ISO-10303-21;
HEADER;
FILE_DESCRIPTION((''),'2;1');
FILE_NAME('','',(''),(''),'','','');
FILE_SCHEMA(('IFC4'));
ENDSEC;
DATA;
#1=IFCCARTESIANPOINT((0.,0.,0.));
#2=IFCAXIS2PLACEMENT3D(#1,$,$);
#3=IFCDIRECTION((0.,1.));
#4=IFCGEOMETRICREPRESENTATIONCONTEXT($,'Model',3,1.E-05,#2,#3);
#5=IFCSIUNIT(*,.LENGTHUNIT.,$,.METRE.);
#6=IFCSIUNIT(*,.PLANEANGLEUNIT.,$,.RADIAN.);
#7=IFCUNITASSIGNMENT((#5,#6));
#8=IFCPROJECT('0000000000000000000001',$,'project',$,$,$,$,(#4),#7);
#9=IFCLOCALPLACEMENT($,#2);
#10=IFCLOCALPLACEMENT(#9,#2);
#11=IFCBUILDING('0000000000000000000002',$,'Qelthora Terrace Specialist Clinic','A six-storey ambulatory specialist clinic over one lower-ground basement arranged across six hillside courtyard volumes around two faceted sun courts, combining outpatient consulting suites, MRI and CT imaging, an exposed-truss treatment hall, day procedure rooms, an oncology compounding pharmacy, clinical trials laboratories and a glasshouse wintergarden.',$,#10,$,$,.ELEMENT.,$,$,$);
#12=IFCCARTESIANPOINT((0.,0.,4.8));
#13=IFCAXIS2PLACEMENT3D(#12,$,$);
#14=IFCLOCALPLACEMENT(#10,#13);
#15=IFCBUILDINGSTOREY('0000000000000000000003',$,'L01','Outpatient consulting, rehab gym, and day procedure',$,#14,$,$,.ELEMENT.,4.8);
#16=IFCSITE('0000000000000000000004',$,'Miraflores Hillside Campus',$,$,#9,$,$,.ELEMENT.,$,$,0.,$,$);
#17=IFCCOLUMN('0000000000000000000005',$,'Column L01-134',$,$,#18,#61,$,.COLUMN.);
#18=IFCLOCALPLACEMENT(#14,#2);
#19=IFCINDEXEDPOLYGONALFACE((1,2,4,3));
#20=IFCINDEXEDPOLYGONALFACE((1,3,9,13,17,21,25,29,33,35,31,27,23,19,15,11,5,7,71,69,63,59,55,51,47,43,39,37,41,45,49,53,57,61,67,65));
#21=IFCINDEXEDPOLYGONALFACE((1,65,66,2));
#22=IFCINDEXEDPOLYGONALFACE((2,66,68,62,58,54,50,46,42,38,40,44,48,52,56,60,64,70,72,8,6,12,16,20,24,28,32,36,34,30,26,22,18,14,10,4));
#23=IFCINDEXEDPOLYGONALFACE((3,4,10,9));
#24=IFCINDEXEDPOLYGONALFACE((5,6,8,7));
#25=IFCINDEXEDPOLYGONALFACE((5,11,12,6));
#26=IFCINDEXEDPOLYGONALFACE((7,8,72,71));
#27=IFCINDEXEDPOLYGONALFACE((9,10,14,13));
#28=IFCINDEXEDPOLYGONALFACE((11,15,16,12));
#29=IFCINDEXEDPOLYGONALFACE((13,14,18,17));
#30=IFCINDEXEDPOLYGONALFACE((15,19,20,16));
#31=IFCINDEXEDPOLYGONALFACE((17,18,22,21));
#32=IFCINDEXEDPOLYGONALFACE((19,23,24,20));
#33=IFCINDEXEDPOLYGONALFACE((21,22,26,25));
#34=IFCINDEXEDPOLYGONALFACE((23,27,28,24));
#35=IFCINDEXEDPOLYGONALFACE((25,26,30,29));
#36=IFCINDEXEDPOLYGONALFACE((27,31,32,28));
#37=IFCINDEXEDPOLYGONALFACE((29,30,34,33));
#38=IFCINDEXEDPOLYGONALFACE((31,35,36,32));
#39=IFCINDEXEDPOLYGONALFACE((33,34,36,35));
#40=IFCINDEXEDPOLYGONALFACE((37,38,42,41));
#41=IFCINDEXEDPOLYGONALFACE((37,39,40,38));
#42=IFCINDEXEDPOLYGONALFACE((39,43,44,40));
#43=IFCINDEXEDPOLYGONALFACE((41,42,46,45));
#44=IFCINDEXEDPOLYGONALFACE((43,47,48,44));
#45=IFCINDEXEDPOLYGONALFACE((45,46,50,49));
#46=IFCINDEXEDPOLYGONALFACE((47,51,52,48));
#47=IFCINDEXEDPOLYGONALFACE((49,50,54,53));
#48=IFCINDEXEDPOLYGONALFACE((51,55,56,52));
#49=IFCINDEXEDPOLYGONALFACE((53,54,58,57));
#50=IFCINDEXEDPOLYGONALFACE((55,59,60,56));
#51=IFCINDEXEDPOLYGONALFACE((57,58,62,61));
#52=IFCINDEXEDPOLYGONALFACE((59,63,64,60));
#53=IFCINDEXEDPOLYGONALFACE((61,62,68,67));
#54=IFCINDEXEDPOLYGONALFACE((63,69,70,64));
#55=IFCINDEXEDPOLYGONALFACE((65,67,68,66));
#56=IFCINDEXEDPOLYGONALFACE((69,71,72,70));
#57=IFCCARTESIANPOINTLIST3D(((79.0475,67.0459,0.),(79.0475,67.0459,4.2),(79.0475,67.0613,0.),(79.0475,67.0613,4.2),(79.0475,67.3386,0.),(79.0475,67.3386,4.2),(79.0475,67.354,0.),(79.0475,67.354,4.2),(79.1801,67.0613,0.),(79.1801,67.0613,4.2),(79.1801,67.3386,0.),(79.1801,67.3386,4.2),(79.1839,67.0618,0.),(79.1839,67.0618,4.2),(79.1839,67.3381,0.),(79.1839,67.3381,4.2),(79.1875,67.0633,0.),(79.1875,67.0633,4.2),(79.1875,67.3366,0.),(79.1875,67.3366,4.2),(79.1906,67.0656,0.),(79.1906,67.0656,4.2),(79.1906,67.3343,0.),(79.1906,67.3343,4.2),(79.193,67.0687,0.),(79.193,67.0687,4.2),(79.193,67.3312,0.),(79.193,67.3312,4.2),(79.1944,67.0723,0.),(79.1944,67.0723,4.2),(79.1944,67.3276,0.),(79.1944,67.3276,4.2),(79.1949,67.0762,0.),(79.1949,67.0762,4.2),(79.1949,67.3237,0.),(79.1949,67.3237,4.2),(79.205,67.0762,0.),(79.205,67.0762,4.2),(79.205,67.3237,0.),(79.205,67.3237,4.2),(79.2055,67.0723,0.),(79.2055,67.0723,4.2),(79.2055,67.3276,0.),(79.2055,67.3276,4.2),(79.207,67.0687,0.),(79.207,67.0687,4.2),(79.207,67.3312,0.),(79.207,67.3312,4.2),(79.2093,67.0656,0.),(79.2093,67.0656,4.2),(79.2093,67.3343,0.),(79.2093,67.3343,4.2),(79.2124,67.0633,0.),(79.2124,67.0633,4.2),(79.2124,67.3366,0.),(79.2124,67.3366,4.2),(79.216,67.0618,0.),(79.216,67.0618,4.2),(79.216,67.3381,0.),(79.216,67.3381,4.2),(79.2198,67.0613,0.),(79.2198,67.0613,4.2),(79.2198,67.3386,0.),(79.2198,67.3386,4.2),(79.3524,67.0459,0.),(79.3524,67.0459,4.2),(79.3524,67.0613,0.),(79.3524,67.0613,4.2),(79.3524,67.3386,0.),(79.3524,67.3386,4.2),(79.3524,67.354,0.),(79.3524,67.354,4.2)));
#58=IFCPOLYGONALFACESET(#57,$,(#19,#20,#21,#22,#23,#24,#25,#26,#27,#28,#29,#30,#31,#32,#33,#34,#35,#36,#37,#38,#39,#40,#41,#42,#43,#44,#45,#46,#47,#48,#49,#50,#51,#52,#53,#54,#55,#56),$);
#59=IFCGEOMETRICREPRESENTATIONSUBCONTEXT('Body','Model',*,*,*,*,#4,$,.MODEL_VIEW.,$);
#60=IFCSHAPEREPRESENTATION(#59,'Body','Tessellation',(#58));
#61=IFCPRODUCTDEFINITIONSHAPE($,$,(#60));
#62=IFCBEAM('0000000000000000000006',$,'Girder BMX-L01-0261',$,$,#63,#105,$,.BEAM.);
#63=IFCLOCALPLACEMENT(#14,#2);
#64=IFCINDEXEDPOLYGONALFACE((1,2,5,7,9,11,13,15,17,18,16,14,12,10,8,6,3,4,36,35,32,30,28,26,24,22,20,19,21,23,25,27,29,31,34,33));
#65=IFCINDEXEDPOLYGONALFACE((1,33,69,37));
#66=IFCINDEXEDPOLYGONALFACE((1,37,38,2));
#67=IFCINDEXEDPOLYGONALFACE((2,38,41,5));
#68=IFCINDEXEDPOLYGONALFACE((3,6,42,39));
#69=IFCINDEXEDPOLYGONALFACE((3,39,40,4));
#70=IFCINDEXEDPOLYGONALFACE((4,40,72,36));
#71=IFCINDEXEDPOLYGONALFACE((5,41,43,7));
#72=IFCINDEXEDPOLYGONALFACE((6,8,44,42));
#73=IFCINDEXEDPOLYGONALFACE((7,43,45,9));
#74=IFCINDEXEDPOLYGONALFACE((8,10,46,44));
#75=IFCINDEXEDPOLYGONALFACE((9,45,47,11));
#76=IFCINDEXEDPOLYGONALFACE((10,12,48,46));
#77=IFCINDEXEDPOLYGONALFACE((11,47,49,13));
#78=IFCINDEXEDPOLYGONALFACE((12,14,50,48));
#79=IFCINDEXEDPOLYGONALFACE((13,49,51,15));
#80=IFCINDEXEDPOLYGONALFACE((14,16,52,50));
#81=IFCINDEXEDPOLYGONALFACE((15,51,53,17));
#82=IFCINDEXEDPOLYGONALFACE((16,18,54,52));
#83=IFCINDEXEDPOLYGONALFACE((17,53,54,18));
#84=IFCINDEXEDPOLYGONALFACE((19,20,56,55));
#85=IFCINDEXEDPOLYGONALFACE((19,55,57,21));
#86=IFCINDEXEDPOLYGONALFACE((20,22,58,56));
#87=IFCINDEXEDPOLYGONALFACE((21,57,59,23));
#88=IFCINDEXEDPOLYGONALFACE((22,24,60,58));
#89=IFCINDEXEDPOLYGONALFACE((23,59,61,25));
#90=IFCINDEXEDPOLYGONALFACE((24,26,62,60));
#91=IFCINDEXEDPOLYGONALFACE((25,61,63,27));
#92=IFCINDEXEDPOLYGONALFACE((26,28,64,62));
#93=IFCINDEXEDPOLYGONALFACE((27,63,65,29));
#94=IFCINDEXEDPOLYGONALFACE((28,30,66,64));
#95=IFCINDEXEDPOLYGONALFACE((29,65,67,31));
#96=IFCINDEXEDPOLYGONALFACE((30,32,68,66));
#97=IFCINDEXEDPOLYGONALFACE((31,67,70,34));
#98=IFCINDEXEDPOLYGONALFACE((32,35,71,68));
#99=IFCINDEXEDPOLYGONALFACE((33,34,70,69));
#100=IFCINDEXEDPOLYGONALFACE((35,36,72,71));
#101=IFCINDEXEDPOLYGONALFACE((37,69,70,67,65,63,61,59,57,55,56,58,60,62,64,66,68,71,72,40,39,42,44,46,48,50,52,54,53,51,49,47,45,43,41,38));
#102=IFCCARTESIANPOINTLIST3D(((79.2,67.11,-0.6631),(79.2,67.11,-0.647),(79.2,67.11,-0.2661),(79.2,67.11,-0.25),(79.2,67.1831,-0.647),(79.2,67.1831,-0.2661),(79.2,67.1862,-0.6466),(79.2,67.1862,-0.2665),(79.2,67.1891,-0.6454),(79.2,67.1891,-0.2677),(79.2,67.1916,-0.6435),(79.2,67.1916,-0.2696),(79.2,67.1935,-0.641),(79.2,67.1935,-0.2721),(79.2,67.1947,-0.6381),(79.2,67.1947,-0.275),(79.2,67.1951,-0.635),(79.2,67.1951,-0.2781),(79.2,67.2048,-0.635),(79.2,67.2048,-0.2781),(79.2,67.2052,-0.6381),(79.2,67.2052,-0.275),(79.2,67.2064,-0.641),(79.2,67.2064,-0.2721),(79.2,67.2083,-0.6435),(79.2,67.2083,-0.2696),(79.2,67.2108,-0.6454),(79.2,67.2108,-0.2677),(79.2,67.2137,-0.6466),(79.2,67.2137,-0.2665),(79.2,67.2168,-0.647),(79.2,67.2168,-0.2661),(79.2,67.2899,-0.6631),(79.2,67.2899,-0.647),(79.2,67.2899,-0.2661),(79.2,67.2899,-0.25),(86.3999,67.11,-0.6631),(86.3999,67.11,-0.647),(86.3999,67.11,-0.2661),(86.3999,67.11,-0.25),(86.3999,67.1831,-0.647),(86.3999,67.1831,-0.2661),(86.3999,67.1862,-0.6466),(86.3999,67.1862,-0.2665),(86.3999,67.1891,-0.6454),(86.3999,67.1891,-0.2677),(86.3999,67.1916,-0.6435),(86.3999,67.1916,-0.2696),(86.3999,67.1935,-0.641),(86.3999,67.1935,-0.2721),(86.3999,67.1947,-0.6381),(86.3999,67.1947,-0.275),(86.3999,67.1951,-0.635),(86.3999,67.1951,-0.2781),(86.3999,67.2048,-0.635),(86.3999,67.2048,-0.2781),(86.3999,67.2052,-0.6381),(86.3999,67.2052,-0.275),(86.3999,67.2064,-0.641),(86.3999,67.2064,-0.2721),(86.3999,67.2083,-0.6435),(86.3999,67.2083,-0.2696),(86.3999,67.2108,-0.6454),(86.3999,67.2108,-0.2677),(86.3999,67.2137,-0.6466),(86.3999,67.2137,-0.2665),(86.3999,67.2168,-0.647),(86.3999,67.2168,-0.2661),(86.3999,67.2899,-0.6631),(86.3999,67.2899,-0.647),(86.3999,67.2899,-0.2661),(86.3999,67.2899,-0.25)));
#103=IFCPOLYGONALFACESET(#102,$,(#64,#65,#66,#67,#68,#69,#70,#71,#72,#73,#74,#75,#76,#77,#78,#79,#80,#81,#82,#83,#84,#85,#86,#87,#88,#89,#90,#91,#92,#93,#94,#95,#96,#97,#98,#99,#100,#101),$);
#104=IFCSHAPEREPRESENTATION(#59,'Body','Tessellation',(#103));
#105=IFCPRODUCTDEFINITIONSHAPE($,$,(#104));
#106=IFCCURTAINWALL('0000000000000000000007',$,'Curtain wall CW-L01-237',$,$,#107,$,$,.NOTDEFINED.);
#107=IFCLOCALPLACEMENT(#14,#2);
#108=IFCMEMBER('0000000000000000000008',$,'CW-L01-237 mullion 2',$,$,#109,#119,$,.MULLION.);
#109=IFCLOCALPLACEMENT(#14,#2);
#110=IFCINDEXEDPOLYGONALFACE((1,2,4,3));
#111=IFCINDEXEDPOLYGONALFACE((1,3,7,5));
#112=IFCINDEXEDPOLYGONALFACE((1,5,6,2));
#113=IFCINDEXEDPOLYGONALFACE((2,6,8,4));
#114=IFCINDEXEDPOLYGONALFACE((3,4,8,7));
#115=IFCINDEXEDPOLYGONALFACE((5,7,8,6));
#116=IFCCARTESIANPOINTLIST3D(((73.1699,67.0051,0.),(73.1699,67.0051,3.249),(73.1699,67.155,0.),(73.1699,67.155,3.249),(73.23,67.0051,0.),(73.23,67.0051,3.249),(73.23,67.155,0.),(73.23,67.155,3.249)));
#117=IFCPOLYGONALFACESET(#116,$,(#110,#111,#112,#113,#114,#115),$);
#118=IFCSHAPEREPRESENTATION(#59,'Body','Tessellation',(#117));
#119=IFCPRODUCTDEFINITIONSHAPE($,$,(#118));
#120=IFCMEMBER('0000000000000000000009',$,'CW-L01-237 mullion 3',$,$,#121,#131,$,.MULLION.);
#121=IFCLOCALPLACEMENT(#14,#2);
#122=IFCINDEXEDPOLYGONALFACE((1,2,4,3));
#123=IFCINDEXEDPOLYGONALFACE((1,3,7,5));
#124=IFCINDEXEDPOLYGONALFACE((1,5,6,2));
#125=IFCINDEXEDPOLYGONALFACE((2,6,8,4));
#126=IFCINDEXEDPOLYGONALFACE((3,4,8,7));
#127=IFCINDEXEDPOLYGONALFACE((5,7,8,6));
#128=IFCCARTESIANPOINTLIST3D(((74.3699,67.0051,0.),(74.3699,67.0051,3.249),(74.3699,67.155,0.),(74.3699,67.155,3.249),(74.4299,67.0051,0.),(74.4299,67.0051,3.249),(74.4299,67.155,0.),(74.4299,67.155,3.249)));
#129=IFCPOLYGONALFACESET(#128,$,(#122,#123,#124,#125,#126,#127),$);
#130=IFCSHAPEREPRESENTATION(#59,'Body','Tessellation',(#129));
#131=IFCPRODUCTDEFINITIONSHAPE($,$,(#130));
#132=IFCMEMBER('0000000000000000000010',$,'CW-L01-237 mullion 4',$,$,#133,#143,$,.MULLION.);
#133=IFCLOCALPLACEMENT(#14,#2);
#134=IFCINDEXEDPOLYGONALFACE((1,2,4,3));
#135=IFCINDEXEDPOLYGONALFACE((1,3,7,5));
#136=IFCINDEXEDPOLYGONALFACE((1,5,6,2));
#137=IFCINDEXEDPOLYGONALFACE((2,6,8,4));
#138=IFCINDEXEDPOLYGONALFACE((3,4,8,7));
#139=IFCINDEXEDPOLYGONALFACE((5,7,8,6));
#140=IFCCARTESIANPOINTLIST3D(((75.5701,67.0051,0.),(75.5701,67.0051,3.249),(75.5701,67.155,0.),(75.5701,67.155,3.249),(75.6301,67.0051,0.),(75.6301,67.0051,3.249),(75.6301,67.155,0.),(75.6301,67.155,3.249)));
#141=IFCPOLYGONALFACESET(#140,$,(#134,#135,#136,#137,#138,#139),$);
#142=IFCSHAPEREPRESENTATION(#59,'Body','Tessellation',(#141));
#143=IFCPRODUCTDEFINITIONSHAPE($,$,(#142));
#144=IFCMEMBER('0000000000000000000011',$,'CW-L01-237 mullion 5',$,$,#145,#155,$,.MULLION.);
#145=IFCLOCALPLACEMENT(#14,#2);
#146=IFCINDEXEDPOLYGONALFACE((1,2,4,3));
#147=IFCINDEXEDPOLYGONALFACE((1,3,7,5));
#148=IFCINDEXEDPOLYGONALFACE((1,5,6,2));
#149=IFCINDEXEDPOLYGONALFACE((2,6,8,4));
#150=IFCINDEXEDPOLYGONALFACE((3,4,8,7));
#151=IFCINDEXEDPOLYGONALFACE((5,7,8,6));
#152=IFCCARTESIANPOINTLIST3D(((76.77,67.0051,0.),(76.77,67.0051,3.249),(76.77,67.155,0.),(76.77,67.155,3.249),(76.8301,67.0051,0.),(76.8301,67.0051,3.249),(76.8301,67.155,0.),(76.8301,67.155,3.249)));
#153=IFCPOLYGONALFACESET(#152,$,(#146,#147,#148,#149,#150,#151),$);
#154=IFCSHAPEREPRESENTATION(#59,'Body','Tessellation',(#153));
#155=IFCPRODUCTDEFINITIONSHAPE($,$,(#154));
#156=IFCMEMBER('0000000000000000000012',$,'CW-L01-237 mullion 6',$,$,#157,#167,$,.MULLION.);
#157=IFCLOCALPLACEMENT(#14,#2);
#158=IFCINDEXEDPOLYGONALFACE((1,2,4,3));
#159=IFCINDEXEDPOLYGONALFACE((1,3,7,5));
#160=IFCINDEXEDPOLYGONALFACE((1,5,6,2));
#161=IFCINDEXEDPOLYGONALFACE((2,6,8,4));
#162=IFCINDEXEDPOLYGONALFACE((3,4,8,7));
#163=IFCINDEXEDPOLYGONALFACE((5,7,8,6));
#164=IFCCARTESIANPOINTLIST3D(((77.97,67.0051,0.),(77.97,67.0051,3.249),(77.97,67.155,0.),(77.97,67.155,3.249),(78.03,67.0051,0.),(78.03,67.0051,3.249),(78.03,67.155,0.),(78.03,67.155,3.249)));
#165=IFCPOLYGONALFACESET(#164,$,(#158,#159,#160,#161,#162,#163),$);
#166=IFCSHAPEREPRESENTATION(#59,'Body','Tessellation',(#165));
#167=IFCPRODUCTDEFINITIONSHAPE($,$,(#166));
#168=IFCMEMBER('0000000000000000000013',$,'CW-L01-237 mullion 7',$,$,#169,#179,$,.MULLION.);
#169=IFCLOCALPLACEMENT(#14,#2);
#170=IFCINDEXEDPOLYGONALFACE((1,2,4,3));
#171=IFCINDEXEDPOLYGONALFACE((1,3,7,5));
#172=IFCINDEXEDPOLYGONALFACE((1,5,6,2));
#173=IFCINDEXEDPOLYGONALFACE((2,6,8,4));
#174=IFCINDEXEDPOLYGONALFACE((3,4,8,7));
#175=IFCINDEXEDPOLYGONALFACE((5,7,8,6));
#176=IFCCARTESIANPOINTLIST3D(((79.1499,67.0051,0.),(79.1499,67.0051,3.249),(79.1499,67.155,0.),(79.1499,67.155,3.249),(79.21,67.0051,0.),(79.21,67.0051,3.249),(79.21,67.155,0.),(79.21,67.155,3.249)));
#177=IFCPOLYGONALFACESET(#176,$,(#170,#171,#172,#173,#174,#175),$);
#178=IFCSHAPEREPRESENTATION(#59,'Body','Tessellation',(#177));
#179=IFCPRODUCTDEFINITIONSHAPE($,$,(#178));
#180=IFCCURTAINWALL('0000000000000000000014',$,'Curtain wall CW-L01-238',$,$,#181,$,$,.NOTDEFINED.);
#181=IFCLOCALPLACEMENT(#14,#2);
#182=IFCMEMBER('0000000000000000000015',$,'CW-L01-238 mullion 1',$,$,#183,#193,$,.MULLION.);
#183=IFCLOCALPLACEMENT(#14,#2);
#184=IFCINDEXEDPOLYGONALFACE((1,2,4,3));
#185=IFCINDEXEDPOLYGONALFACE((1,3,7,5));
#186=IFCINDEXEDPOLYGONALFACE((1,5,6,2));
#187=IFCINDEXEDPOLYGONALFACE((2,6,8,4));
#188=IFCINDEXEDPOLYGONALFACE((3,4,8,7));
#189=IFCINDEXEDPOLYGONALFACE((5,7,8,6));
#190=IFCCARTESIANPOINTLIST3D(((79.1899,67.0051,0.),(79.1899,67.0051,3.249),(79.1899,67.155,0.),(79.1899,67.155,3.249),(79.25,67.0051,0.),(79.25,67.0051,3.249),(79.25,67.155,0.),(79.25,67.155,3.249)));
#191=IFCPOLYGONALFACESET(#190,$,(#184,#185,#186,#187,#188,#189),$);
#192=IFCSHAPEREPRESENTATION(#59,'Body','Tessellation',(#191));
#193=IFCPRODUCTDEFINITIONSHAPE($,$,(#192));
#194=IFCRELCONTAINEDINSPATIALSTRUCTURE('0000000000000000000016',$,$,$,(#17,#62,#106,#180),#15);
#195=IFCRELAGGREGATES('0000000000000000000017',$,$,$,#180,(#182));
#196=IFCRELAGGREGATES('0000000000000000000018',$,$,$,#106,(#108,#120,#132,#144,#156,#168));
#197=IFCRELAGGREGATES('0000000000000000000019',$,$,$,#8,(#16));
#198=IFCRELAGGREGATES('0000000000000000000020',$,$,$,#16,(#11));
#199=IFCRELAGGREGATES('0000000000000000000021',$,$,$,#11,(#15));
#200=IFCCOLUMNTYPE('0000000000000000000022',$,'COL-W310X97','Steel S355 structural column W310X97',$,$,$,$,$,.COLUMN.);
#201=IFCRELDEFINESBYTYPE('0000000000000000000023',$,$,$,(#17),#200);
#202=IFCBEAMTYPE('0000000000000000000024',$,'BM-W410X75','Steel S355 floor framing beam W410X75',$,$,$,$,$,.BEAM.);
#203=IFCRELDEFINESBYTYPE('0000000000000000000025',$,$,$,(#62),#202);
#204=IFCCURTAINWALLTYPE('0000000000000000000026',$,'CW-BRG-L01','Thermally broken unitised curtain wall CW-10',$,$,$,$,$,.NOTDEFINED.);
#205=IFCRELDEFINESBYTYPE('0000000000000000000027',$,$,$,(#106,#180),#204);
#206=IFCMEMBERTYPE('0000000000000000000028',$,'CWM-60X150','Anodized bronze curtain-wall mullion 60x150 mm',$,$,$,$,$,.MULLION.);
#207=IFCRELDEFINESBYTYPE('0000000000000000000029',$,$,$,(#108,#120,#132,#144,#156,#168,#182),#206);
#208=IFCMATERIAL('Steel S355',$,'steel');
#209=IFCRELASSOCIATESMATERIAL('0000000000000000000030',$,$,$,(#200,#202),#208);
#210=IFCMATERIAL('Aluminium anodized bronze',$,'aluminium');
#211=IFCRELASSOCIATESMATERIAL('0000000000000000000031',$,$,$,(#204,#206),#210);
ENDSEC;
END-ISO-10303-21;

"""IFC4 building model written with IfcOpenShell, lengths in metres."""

from ifc_helpers import new_model, si_unit, direction, frame, origin, origin_2d, place, context, subcontext, project, spatial, rectangle, i_section, extrude, material, material_profile, profile_set, type_object, element, aggregate, save


model = new_model("IFC4")

# Units and contexts
model_context = context("Model", 3, precision=1e-05, world=origin(), true_north=direction((0.0, 1.0)))
body_context = subcontext(model_context, "Body", "Model", "MODEL_VIEW")
ifc_project = project(units=[si_unit("LENGTHUNIT", "METRE"), si_unit("PLANEANGLEUNIT", "RADIAN")], contexts=[model_context])

# Site, building, storey
site_placement = place(None, origin())
site = spatial("IfcSite", under=ifc_project, at=site_placement, Name="Miraflores Hillside Campus", CompositionType="ELEMENT", RefElevation=0.0)
building_placement = place(site_placement, origin())
building = spatial("IfcBuilding", under=site, at=building_placement, Name="Qelthora Terrace Specialist Clinic", Description="A six-storey ambulatory specialist clinic over one lower-ground basement arranged across six hillside courtyard volumes around two faceted sun courts, combining outpatient consulting suites, MRI and CT imaging, an exposed-truss treatment hall, day procedure rooms, an oncology compounding pharmacy, clinical trials laboratories and a glasshouse wintergarden.", CompositionType="ELEMENT")
storey_placement = place(building_placement, frame((0.0, 0.0, 4.8)))
storey = spatial("IfcBuildingStorey", under=building, at=storey_placement, Name="L01", Description="Outpatient consulting, rehab gym, and day procedure", CompositionType="ELEMENT", Elevation=4.8)

# Column
ifc_material_1 = material(Name="Steel S355", Category="steel")
ifc_material_profile_1 = material_profile(ifc_material_1, i_section(OverallWidth=0.3049, OverallDepth=0.3081, WebThickness=0.01, FlangeThickness=0.0154, FilletRadius=0.0149, at=origin_2d()), Name="W310X97")
ifc_profile_set_1 = profile_set([ifc_material_profile_1], Name="Steel S355")
column_type = type_object("IfcColumnType", Name="COL-W310X97", Description="Steel S355 structural column W310X97", PredefinedType="COLUMN", material=ifc_profile_set_1)
column_placement = place(storey_placement, frame((79.2, 67.2, 0.0), z_axis=(0.0, 0.0, 1.0), x_axis=(1.0, 0.0, 0.0)))
element("IfcColumn", 1, at=column_placement, inside=storey, type_object=column_type, Name="Column L01-134", PredefinedType="COLUMN", context=body_context, shape_type="SweptSolid", body=[
    extrude(i_section(OverallWidth=0.3049, OverallDepth=0.3081, WebThickness=0.01, FlangeThickness=0.0154, FilletRadius=0.0149, at=origin_2d()), origin(), (0.0, 0.0, 1.0), 4.2),
])

# Beam
ifc_material_profile_2 = material_profile(ifc_material_1, i_section(OverallWidth=0.1799, OverallDepth=0.4131, WebThickness=0.0098, FlangeThickness=0.0161, FilletRadius=0.012, at=origin_2d()), Name="W410X75")
ifc_profile_set_2 = profile_set([ifc_material_profile_2], Name="Steel S355")
beam_type = type_object("IfcBeamType", Name="BM-W410X75", Description="Steel S355 floor framing beam W410X75", PredefinedType="BEAM", material=ifc_profile_set_2)
beam_placement = place(storey_placement, frame((79.2, 67.2, -0.4565), z_axis=(1.0, 0.0, 0.0), x_axis=(0.0, 1.0, 0.0)))
element("IfcBeam", 2, at=beam_placement, inside=storey, type_object=beam_type, Name="Girder BMX-L01-0261", PredefinedType="BEAM", context=body_context, shape_type="SweptSolid", body=[
    extrude(i_section(OverallWidth=0.1799, OverallDepth=0.4131, WebThickness=0.0098, FlangeThickness=0.0161, FilletRadius=0.012, at=origin_2d()), origin(), (0.0, 0.0, 1.0), 7.2),
])

# Curtain walls, members
ifc_material_2 = material(Name="Aluminium anodized bronze", Category="aluminium")
curtain_wall_type = type_object("IfcCurtainWallType", Name="CW-BRG-L01", Description="Thermally broken unitised curtain wall CW-10", PredefinedType="NOTDEFINED", material=ifc_material_2)
curtain_wall_1_placement = place(storey_placement, origin())
curtain_wall_1 = element("IfcCurtainWall", 3, at=curtain_wall_1_placement, inside=storey, type_object=curtain_wall_type, Name="Curtain wall CW-L01-237", PredefinedType="NOTDEFINED")
ifc_material_profile_3 = material_profile(ifc_material_2, rectangle(XDim=0.0601, YDim=0.1499, at=origin_2d()), Name="CWM60X150")
ifc_profile_set_3 = profile_set([ifc_material_profile_3], Name="Aluminium anodized bronze")
member_type_1 = type_object("IfcMemberType", Name="CWM-60X150", Description="Anodized bronze curtain-wall mullion 60x150 mm", PredefinedType="MULLION", material=ifc_profile_set_3)
member_1_placement = place(storey_placement, frame((73.2, 67.0801, 0.0), z_axis=(0.0, 0.0, 1.0), x_axis=(1.0, 0.0, 0.0)))
member_1 = element("IfcMember", 4, at=member_1_placement, type_object=member_type_1, Name="CW-L01-237 mullion 2", PredefinedType="MULLION", context=body_context, shape_type="SweptSolid", body=[
    extrude(rectangle(XDim=0.0601, YDim=0.1499, at=origin_2d()), origin(), (0.0, 0.0, 1.0), 3.249),
])
member_2_placement = place(storey_placement, frame((74.3999, 67.0801, 0.0), z_axis=(0.0, 0.0, 1.0), x_axis=(1.0, 0.0, 0.0)))
member_2 = element("IfcMember", 5, at=member_2_placement, type_object=member_type_1, Name="CW-L01-237 mullion 3", PredefinedType="MULLION", context=body_context, shape_type="SweptSolid", body=[
    extrude(rectangle(XDim=0.0601, YDim=0.1499, at=origin_2d()), origin(), (0.0, 0.0, 1.0), 3.249),
])
member_3_placement = place(storey_placement, frame((75.6001, 67.0801, 0.0), z_axis=(0.0, 0.0, 1.0), x_axis=(1.0, 0.0, 0.0)))
member_3 = element("IfcMember", 6, at=member_3_placement, type_object=member_type_1, Name="CW-L01-237 mullion 4", PredefinedType="MULLION", context=body_context, shape_type="SweptSolid", body=[
    extrude(rectangle(XDim=0.0601, YDim=0.1499, at=origin_2d()), origin(), (0.0, 0.0, 1.0), 3.249),
])
member_4_placement = place(storey_placement, frame((76.8, 67.0801, 0.0), z_axis=(0.0, 0.0, 1.0), x_axis=(1.0, 0.0, 0.0)))
member_4 = element("IfcMember", 7, at=member_4_placement, type_object=member_type_1, Name="CW-L01-237 mullion 5", PredefinedType="MULLION", context=body_context, shape_type="SweptSolid", body=[
    extrude(rectangle(XDim=0.0601, YDim=0.1499, at=origin_2d()), origin(), (0.0, 0.0, 1.0), 3.249),
])
member_5_placement = place(storey_placement, frame((78.0, 67.0801, 0.0), z_axis=(0.0, 0.0, 1.0), x_axis=(1.0, 0.0, 0.0)))
member_5 = element("IfcMember", 8, at=member_5_placement, type_object=member_type_1, Name="CW-L01-237 mullion 6", PredefinedType="MULLION", context=body_context, shape_type="SweptSolid", body=[
    extrude(rectangle(XDim=0.0601, YDim=0.1499, at=origin_2d()), origin(), (0.0, 0.0, 1.0), 3.249),
])
member_6_placement = place(storey_placement, frame((79.1799, 67.0801, 0.0), z_axis=(0.0, 0.0, 1.0), x_axis=(1.0, 0.0, 0.0)))
member_6 = element("IfcMember", 9, at=member_6_placement, type_object=member_type_1, Name="CW-L01-237 mullion 7", PredefinedType="MULLION", context=body_context, shape_type="SweptSolid", body=[
    extrude(rectangle(XDim=0.0601, YDim=0.1499, at=origin_2d()), origin(), (0.0, 0.0, 1.0), 3.249),
])
curtain_wall_2_placement = place(storey_placement, origin())
curtain_wall_2 = element("IfcCurtainWall", 10, at=curtain_wall_2_placement, inside=storey, type_object=curtain_wall_type, Name="Curtain wall CW-L01-238", PredefinedType="NOTDEFINED")
member_7_placement = place(storey_placement, frame((79.22, 67.0801, 0.0), z_axis=(0.0, 0.0, 1.0), x_axis=(1.0, 0.0, 0.0)))
member_7 = element("IfcMember", 11, at=member_7_placement, type_object=member_type_1, Name="CW-L01-238 mullion 1", PredefinedType="MULLION", context=body_context, shape_type="SweptSolid", body=[
    extrude(rectangle(XDim=0.0601, YDim=0.1499, at=origin_2d()), origin(), (0.0, 0.0, 1.0), 3.249),
])
aggregate(curtain_wall_2, [member_7])

aggregate(curtain_wall_1, [member_1, member_2, member_3, member_4, member_5, member_6])

save(model, "model.ifc")
